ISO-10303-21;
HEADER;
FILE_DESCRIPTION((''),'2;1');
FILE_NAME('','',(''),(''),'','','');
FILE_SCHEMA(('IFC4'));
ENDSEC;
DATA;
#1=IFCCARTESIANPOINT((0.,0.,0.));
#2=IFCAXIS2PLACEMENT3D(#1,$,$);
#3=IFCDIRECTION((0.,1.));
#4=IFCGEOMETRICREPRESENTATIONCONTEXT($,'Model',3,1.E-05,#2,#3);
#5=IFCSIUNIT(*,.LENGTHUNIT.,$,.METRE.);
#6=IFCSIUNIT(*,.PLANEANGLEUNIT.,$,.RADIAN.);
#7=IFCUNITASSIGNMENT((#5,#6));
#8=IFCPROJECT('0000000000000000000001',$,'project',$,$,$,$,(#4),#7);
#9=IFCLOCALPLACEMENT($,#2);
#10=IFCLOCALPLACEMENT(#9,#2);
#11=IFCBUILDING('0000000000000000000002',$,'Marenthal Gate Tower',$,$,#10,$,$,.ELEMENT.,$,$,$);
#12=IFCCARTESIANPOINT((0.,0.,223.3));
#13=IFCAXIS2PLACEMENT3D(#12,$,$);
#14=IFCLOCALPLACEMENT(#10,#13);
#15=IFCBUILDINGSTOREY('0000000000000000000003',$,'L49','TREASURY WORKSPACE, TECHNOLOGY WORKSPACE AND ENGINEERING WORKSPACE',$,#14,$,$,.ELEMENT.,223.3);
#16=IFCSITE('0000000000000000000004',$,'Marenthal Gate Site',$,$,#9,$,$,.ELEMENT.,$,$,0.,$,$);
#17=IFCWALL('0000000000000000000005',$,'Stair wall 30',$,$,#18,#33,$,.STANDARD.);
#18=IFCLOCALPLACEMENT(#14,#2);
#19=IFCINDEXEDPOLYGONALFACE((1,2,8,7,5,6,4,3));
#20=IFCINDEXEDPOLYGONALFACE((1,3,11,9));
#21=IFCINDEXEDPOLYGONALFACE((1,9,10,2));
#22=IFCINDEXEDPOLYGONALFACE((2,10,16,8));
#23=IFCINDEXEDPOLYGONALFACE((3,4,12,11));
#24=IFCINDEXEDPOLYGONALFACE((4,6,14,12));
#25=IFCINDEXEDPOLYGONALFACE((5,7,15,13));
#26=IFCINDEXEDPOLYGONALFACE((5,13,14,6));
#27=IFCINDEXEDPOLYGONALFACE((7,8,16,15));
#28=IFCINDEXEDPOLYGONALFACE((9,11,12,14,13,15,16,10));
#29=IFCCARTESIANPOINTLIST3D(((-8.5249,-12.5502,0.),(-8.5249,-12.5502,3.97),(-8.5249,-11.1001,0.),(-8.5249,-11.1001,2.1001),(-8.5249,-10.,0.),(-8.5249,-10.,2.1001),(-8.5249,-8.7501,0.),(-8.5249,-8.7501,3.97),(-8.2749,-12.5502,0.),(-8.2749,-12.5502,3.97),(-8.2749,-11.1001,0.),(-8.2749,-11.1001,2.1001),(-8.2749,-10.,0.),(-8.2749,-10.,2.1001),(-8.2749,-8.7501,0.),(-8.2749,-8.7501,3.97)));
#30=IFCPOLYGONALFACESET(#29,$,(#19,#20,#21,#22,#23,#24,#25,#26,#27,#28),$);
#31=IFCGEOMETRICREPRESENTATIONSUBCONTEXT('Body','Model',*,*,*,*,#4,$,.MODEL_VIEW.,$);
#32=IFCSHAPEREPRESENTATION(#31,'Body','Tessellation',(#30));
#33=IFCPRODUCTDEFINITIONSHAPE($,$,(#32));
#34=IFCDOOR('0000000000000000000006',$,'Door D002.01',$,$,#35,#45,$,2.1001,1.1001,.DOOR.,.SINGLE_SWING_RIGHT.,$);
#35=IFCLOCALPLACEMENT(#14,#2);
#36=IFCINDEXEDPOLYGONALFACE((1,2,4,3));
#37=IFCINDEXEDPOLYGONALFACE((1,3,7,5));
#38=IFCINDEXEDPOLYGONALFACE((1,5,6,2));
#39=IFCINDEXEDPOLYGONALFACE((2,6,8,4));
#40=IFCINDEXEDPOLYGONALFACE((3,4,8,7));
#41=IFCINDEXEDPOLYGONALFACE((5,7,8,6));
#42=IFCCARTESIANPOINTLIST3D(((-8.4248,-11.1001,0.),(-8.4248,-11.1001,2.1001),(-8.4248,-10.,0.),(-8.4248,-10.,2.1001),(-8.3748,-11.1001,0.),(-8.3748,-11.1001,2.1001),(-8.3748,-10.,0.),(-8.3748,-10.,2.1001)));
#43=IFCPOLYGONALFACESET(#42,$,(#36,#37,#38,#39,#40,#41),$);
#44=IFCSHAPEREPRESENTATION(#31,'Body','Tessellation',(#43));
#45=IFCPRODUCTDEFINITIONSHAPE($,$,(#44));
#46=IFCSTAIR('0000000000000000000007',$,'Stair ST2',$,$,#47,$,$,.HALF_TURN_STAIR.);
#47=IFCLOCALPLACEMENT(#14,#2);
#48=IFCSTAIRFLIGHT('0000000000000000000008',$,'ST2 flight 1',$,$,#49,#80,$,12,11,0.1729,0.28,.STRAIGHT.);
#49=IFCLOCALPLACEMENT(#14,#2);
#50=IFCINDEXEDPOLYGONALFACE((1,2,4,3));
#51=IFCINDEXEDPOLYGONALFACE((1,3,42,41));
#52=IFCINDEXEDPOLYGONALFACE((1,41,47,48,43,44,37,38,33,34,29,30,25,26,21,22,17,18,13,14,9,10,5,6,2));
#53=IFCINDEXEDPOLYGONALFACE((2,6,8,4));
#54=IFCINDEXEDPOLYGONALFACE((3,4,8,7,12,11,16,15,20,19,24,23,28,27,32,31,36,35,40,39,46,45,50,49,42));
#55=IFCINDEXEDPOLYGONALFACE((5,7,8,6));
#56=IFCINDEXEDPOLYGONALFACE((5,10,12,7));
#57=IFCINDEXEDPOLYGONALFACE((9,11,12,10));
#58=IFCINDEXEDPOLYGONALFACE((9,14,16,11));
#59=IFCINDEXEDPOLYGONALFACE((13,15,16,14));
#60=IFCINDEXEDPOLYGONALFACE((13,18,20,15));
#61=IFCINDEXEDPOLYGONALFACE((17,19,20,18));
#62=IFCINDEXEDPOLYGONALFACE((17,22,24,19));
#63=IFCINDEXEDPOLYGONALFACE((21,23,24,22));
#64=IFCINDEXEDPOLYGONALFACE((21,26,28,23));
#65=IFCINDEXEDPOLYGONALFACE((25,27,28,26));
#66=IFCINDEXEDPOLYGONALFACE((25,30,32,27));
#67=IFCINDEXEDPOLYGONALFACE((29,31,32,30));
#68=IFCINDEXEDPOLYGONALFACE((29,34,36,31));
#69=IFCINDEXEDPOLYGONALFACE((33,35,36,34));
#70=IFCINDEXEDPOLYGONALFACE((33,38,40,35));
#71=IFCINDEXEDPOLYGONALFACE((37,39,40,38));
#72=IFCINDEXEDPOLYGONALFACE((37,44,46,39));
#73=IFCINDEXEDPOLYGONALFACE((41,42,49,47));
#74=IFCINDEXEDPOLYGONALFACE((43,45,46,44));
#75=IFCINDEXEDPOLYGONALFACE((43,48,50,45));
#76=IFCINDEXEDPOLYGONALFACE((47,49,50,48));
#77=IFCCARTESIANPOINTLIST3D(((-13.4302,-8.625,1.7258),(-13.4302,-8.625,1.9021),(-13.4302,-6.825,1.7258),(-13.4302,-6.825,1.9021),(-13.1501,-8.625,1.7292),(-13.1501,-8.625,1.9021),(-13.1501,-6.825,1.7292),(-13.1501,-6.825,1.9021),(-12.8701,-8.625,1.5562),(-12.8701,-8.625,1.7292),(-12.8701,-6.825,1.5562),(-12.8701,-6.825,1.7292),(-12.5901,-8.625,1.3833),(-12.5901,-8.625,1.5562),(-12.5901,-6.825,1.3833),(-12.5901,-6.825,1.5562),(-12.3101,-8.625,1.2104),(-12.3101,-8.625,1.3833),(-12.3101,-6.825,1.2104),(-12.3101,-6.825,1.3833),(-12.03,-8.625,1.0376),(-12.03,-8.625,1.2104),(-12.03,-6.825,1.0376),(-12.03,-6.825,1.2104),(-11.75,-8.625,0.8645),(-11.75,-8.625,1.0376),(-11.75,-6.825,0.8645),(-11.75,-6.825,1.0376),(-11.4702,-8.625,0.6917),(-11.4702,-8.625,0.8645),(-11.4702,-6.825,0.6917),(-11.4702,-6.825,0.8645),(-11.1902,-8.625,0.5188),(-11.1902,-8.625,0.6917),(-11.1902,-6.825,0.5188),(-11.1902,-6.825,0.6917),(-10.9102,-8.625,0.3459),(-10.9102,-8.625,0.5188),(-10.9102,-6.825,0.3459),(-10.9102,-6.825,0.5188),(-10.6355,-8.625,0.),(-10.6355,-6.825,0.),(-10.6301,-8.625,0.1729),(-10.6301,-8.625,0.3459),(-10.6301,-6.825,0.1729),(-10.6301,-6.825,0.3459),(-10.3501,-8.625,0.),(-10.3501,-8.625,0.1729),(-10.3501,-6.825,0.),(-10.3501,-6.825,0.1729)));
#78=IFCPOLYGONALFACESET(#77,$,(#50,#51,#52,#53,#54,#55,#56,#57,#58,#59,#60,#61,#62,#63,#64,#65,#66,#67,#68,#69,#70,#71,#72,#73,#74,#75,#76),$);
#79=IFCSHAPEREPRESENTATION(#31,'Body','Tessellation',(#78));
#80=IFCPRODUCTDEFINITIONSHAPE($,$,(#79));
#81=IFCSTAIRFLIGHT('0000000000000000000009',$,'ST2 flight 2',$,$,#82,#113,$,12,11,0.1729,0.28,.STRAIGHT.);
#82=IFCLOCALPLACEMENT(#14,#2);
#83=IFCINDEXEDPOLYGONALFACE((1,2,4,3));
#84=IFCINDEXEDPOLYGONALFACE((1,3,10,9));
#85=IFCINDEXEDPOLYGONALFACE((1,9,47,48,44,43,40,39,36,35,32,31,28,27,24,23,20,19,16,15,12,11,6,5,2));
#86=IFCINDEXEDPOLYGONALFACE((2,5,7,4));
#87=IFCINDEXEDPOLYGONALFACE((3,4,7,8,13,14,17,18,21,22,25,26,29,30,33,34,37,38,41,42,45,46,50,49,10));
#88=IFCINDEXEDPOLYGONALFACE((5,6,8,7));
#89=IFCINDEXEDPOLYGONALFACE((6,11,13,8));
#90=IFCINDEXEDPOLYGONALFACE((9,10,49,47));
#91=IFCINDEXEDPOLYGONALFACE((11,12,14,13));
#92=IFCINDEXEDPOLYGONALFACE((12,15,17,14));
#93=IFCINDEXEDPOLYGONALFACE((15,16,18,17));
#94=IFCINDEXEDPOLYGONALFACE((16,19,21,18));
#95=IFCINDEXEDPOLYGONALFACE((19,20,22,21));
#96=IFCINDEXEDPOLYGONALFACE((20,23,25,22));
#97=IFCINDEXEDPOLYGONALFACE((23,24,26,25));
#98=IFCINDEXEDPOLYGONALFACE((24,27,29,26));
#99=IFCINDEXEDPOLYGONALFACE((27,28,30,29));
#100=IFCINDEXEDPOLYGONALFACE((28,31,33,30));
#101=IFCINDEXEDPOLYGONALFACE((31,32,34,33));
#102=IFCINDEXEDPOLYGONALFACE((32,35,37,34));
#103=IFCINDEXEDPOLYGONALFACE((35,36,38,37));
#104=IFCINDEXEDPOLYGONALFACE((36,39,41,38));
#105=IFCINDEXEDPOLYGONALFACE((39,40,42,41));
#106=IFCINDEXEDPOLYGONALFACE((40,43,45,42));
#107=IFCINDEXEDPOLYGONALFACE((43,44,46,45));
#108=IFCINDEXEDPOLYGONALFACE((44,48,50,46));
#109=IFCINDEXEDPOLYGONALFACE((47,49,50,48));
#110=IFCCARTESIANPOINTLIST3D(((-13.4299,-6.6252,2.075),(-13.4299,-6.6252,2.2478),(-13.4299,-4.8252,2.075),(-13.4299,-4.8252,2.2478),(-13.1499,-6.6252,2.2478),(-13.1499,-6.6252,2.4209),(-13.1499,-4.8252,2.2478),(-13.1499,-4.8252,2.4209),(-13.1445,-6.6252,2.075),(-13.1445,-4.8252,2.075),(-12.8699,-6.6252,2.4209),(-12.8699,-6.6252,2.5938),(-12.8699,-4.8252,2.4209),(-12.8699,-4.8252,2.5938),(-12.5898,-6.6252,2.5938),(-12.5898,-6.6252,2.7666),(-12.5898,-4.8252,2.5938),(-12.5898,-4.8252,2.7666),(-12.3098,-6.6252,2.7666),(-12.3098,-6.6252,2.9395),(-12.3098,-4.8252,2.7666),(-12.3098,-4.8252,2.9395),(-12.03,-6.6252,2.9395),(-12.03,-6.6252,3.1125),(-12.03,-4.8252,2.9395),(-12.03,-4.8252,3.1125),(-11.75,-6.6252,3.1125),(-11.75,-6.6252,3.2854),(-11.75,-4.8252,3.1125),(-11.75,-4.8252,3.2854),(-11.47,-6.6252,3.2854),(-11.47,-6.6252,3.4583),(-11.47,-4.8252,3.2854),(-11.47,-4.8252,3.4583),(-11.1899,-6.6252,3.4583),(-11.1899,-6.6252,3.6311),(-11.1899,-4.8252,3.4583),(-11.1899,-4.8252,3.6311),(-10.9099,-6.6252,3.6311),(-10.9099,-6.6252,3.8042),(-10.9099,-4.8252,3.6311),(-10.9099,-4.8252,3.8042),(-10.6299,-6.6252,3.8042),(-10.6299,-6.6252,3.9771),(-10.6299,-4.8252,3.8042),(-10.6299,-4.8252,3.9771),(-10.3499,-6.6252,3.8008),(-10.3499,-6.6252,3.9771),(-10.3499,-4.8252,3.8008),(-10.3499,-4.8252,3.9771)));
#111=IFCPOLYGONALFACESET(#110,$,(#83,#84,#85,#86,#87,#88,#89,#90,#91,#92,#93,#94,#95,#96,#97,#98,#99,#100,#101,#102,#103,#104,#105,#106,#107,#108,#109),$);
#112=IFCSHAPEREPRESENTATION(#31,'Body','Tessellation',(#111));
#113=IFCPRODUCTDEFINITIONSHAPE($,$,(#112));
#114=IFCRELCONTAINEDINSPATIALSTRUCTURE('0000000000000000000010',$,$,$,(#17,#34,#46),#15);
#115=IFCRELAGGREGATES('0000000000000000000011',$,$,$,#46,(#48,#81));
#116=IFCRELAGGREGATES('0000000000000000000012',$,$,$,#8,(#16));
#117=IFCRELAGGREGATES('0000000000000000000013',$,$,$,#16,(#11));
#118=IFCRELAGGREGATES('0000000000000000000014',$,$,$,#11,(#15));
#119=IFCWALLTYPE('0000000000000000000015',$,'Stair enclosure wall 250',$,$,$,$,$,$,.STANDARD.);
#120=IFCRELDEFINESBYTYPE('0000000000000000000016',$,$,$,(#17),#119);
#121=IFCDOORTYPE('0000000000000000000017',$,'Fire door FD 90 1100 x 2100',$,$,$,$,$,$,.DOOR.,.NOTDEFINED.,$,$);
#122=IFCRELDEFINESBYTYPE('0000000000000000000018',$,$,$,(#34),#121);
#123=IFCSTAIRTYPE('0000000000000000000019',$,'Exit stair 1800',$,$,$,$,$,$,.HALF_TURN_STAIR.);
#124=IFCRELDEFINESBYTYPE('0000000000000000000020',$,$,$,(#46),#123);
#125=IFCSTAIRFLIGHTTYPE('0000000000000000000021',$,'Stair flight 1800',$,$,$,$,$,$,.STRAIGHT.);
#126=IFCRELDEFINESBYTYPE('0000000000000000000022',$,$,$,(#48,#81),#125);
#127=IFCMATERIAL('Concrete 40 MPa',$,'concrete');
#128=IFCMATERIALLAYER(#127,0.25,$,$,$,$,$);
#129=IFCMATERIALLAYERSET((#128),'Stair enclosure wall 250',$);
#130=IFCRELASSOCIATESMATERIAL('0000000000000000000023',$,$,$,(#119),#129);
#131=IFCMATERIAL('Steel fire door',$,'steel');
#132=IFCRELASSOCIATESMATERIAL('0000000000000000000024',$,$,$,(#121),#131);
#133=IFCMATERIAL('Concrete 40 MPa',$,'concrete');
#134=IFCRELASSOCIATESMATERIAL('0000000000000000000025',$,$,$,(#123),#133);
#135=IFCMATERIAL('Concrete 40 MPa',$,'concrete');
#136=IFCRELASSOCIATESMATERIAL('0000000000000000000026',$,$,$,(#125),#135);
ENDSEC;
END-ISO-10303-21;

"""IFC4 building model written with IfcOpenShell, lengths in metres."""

from ifc_helpers import new_model, si_unit, direction, frame, frame_2d, origin, place, context, subcontext, project, spatial, polyline, rectangle, outline, extrude, material, layer, layer_set, type_object, element, fill, aggregate, save


model = new_model("IFC4")

# Units and contexts
model_context = context("Model", 3, precision=1e-05, world=origin(), true_north=direction((0.0, 1.0)))
body_context = subcontext(model_context, "Body", "Model", "MODEL_VIEW")
ifc_project = project(units=[si_unit("LENGTHUNIT", "METRE"), si_unit("PLANEANGLEUNIT", "RADIAN")], contexts=[model_context])

# Site, building, storey
site_placement = place(None, origin())
site = spatial("IfcSite", under=ifc_project, at=site_placement, Name="Marenthal Gate Site", CompositionType="ELEMENT", RefElevation=0.0)
building_placement = place(site_placement, origin())
building = spatial("IfcBuilding", under=site, at=building_placement, Name="Marenthal Gate Tower", CompositionType="ELEMENT")
storey_placement = place(building_placement, frame((0.0, 0.0, 223.3)))
storey = spatial("IfcBuildingStorey", under=building, at=storey_placement, Name="L49", Description="TREASURY WORKSPACE, TECHNOLOGY WORKSPACE AND ENGINEERING WORKSPACE", CompositionType="ELEMENT", Elevation=223.3)

# Shared definitions
ifc_material_1 = material(Name="Concrete 40 MPa", Category="concrete")
ifc_layer_1 = layer(ifc_material_1, 0.25)
ifc_layer_set_1 = layer_set([ifc_layer_1], Name="Stair enclosure wall 250")
wall_type_1 = type_object("IfcWallType", Name="Stair enclosure wall 250", PredefinedType="STANDARD", material=ifc_layer_set_1)

# Wall, opening, door
wall_1_placement = place(storey_placement, frame((-8.3999, -12.55, 0.0), z_axis=(0.0, 0.0, 1.0), x_axis=(0.0, 1.0, 0.0)))
wall_1 = element("IfcWall", 1, at=wall_1_placement, inside=storey, type_object=wall_type_1, Name="Stair wall 30", PredefinedType="STANDARD", context=body_context, shape_type="SweptSolid", body=[
    extrude(rectangle(XDim=3.8, YDim=0.25, at=frame_2d((1.8999, 0.0))), origin(), (0.0, 0.0, 1.0), 3.97),
])
opening_1_placement = place(wall_1_placement, frame((1.45, 0.0, 0.0)))
opening_1 = element("IfcOpeningElement", 2, at=opening_1_placement, cuts=wall_1, PredefinedType="OPENING", context=body_context, shape_type="SweptSolid", body=[
    extrude(rectangle(XDim=1.1001, YDim=2.1001, at=frame_2d((0.55, 1.05))), frame((0.0, 0.135, 0.0), z_axis=(0.0, -1.0, 0.0), x_axis=(1.0, 0.0, 0.0)), (0.0, 0.0, 1.0), 0.27),
])
ifc_material_2 = material(Name="Steel fire door", Category="steel")
door_type_1 = type_object("IfcDoorType", Name="Fire door FD 90 1100 x 2100", OperationType="NOTDEFINED", PredefinedType="DOOR", material=ifc_material_2)
door_1_placement = place(opening_1_placement, origin())
door_1 = element("IfcDoor", 3, at=door_1_placement, inside=storey, type_object=door_type_1, Name="Door D002.01", OperationType="SINGLE_SWING_RIGHT", OverallHeight=2.1001, OverallWidth=1.1001, PredefinedType="DOOR", context=body_context, shape_type="SweptSolid", body=[
    extrude(rectangle(XDim=1.1001, YDim=2.1001, at=frame_2d((0.55, 1.05))), frame((0.0, 0.0249, 0.0), z_axis=(0.0, -1.0, 0.0), x_axis=(1.0, 0.0, 0.0)), (0.0, 0.0, 1.0), 0.05),
])
fill(opening_1, door_1)

# Stair, stair flights
ifc_material_3 = material(Name="Concrete 40 MPa", Category="concrete")
stair_type = type_object("IfcStairType", Name="Exit stair 1800", PredefinedType="HALF_TURN_STAIR", material=ifc_material_3)
stair_placement = place(storey_placement, origin())
stair = element("IfcStair", 4, at=stair_placement, inside=storey, type_object=stair_type, Name="Stair ST2", PredefinedType="HALF_TURN_STAIR")
ifc_material_4 = material(Name="Concrete 40 MPa", Category="concrete")
stair_flight_type = type_object("IfcStairFlightType", Name="Stair flight 1800", PredefinedType="STRAIGHT", material=ifc_material_4)
stair_flight_1_placement = place(storey_placement, frame((-10.3501, -7.7251, 0.0), z_axis=(0.0, 0.0, 1.0), x_axis=(-1.0, 0.0, 0.0)))
stair_flight_1 = element("IfcStairFlight", 5, at=stair_flight_1_placement, type_object=stair_flight_type, Name="ST2 flight 1", NumberOfRisers=12, NumberOfTreads=11, PredefinedType="STRAIGHT", RiserHeight=0.1729, TreadLength=0.28, context=body_context, shape_type="SweptSolid", body=[
    extrude(outline(polyline([(0.0, 0.0), (0.0, 0.1729), (0.28, 0.1729), (0.28, 0.3459), (0.5601, 0.3459), (0.5601, 0.5188), (0.8401, 0.5188), (0.8401, 0.6917), (1.1201, 0.6917), (1.1201, 0.8645), (1.3999, 0.8645), (1.3999, 1.0376), (1.6799, 1.0376), (1.6799, 1.2104), (1.96, 1.2104), (1.96, 1.3833), (2.24, 1.3833), (2.24, 1.5562), (2.52, 1.5562), (2.52, 1.7292), (2.8, 1.7292), (2.8, 1.9021), (3.0801, 1.9021), (3.0801, 2.075), (3.0801, 1.7258), (0.2854, 0.0), (0.0, 0.0)])), frame((0.0, 0.8999, 0.0), z_axis=(0.0, -1.0, 0.0), x_axis=(1.0, 0.0, 0.0)), (0.0, 0.0, 1.0), 1.8),
])
stair_flight_2_placement = place(storey_placement, frame((-13.4299, -5.7251, 2.075), z_axis=(0.0, 0.0, 1.0), x_axis=(1.0, 0.0, 0.0)))
stair_flight_2 = element("IfcStairFlight", 6, at=stair_flight_2_placement, type_object=stair_flight_type, Name="ST2 flight 2", NumberOfRisers=12, NumberOfTreads=11, PredefinedType="STRAIGHT", RiserHeight=0.1729, TreadLength=0.28, context=body_context, shape_type="SweptSolid", body=[
    extrude(outline(polyline([(0.0, 0.0), (0.0, 0.1729), (0.28, 0.1729), (0.28, 0.3459), (0.5601, 0.3459), (0.5601, 0.5188), (0.8401, 0.5188), (0.8401, 0.6917), (1.1201, 0.6917), (1.1201, 0.8645), (1.3999, 0.8645), (1.3999, 1.0376), (1.6799, 1.0376), (1.6799, 1.2104), (1.96, 1.2104), (1.96, 1.3833), (2.24, 1.3833), (2.24, 1.5562), (2.52, 1.5562), (2.52, 1.7292), (2.8, 1.7292), (2.8, 1.9021), (3.0801, 1.9021), (3.0801, 2.075), (3.0801, 1.7258), (0.2854, 0.0), (0.0, 0.0)])), frame((0.0, 0.8999, 0.0), z_axis=(0.0, -1.0, 0.0), x_axis=(1.0, 0.0, 0.0)), (0.0, 0.0, 1.0), 1.8),
])
aggregate(stair, [stair_flight_1, stair_flight_2])

save(model, "model.ifc")
